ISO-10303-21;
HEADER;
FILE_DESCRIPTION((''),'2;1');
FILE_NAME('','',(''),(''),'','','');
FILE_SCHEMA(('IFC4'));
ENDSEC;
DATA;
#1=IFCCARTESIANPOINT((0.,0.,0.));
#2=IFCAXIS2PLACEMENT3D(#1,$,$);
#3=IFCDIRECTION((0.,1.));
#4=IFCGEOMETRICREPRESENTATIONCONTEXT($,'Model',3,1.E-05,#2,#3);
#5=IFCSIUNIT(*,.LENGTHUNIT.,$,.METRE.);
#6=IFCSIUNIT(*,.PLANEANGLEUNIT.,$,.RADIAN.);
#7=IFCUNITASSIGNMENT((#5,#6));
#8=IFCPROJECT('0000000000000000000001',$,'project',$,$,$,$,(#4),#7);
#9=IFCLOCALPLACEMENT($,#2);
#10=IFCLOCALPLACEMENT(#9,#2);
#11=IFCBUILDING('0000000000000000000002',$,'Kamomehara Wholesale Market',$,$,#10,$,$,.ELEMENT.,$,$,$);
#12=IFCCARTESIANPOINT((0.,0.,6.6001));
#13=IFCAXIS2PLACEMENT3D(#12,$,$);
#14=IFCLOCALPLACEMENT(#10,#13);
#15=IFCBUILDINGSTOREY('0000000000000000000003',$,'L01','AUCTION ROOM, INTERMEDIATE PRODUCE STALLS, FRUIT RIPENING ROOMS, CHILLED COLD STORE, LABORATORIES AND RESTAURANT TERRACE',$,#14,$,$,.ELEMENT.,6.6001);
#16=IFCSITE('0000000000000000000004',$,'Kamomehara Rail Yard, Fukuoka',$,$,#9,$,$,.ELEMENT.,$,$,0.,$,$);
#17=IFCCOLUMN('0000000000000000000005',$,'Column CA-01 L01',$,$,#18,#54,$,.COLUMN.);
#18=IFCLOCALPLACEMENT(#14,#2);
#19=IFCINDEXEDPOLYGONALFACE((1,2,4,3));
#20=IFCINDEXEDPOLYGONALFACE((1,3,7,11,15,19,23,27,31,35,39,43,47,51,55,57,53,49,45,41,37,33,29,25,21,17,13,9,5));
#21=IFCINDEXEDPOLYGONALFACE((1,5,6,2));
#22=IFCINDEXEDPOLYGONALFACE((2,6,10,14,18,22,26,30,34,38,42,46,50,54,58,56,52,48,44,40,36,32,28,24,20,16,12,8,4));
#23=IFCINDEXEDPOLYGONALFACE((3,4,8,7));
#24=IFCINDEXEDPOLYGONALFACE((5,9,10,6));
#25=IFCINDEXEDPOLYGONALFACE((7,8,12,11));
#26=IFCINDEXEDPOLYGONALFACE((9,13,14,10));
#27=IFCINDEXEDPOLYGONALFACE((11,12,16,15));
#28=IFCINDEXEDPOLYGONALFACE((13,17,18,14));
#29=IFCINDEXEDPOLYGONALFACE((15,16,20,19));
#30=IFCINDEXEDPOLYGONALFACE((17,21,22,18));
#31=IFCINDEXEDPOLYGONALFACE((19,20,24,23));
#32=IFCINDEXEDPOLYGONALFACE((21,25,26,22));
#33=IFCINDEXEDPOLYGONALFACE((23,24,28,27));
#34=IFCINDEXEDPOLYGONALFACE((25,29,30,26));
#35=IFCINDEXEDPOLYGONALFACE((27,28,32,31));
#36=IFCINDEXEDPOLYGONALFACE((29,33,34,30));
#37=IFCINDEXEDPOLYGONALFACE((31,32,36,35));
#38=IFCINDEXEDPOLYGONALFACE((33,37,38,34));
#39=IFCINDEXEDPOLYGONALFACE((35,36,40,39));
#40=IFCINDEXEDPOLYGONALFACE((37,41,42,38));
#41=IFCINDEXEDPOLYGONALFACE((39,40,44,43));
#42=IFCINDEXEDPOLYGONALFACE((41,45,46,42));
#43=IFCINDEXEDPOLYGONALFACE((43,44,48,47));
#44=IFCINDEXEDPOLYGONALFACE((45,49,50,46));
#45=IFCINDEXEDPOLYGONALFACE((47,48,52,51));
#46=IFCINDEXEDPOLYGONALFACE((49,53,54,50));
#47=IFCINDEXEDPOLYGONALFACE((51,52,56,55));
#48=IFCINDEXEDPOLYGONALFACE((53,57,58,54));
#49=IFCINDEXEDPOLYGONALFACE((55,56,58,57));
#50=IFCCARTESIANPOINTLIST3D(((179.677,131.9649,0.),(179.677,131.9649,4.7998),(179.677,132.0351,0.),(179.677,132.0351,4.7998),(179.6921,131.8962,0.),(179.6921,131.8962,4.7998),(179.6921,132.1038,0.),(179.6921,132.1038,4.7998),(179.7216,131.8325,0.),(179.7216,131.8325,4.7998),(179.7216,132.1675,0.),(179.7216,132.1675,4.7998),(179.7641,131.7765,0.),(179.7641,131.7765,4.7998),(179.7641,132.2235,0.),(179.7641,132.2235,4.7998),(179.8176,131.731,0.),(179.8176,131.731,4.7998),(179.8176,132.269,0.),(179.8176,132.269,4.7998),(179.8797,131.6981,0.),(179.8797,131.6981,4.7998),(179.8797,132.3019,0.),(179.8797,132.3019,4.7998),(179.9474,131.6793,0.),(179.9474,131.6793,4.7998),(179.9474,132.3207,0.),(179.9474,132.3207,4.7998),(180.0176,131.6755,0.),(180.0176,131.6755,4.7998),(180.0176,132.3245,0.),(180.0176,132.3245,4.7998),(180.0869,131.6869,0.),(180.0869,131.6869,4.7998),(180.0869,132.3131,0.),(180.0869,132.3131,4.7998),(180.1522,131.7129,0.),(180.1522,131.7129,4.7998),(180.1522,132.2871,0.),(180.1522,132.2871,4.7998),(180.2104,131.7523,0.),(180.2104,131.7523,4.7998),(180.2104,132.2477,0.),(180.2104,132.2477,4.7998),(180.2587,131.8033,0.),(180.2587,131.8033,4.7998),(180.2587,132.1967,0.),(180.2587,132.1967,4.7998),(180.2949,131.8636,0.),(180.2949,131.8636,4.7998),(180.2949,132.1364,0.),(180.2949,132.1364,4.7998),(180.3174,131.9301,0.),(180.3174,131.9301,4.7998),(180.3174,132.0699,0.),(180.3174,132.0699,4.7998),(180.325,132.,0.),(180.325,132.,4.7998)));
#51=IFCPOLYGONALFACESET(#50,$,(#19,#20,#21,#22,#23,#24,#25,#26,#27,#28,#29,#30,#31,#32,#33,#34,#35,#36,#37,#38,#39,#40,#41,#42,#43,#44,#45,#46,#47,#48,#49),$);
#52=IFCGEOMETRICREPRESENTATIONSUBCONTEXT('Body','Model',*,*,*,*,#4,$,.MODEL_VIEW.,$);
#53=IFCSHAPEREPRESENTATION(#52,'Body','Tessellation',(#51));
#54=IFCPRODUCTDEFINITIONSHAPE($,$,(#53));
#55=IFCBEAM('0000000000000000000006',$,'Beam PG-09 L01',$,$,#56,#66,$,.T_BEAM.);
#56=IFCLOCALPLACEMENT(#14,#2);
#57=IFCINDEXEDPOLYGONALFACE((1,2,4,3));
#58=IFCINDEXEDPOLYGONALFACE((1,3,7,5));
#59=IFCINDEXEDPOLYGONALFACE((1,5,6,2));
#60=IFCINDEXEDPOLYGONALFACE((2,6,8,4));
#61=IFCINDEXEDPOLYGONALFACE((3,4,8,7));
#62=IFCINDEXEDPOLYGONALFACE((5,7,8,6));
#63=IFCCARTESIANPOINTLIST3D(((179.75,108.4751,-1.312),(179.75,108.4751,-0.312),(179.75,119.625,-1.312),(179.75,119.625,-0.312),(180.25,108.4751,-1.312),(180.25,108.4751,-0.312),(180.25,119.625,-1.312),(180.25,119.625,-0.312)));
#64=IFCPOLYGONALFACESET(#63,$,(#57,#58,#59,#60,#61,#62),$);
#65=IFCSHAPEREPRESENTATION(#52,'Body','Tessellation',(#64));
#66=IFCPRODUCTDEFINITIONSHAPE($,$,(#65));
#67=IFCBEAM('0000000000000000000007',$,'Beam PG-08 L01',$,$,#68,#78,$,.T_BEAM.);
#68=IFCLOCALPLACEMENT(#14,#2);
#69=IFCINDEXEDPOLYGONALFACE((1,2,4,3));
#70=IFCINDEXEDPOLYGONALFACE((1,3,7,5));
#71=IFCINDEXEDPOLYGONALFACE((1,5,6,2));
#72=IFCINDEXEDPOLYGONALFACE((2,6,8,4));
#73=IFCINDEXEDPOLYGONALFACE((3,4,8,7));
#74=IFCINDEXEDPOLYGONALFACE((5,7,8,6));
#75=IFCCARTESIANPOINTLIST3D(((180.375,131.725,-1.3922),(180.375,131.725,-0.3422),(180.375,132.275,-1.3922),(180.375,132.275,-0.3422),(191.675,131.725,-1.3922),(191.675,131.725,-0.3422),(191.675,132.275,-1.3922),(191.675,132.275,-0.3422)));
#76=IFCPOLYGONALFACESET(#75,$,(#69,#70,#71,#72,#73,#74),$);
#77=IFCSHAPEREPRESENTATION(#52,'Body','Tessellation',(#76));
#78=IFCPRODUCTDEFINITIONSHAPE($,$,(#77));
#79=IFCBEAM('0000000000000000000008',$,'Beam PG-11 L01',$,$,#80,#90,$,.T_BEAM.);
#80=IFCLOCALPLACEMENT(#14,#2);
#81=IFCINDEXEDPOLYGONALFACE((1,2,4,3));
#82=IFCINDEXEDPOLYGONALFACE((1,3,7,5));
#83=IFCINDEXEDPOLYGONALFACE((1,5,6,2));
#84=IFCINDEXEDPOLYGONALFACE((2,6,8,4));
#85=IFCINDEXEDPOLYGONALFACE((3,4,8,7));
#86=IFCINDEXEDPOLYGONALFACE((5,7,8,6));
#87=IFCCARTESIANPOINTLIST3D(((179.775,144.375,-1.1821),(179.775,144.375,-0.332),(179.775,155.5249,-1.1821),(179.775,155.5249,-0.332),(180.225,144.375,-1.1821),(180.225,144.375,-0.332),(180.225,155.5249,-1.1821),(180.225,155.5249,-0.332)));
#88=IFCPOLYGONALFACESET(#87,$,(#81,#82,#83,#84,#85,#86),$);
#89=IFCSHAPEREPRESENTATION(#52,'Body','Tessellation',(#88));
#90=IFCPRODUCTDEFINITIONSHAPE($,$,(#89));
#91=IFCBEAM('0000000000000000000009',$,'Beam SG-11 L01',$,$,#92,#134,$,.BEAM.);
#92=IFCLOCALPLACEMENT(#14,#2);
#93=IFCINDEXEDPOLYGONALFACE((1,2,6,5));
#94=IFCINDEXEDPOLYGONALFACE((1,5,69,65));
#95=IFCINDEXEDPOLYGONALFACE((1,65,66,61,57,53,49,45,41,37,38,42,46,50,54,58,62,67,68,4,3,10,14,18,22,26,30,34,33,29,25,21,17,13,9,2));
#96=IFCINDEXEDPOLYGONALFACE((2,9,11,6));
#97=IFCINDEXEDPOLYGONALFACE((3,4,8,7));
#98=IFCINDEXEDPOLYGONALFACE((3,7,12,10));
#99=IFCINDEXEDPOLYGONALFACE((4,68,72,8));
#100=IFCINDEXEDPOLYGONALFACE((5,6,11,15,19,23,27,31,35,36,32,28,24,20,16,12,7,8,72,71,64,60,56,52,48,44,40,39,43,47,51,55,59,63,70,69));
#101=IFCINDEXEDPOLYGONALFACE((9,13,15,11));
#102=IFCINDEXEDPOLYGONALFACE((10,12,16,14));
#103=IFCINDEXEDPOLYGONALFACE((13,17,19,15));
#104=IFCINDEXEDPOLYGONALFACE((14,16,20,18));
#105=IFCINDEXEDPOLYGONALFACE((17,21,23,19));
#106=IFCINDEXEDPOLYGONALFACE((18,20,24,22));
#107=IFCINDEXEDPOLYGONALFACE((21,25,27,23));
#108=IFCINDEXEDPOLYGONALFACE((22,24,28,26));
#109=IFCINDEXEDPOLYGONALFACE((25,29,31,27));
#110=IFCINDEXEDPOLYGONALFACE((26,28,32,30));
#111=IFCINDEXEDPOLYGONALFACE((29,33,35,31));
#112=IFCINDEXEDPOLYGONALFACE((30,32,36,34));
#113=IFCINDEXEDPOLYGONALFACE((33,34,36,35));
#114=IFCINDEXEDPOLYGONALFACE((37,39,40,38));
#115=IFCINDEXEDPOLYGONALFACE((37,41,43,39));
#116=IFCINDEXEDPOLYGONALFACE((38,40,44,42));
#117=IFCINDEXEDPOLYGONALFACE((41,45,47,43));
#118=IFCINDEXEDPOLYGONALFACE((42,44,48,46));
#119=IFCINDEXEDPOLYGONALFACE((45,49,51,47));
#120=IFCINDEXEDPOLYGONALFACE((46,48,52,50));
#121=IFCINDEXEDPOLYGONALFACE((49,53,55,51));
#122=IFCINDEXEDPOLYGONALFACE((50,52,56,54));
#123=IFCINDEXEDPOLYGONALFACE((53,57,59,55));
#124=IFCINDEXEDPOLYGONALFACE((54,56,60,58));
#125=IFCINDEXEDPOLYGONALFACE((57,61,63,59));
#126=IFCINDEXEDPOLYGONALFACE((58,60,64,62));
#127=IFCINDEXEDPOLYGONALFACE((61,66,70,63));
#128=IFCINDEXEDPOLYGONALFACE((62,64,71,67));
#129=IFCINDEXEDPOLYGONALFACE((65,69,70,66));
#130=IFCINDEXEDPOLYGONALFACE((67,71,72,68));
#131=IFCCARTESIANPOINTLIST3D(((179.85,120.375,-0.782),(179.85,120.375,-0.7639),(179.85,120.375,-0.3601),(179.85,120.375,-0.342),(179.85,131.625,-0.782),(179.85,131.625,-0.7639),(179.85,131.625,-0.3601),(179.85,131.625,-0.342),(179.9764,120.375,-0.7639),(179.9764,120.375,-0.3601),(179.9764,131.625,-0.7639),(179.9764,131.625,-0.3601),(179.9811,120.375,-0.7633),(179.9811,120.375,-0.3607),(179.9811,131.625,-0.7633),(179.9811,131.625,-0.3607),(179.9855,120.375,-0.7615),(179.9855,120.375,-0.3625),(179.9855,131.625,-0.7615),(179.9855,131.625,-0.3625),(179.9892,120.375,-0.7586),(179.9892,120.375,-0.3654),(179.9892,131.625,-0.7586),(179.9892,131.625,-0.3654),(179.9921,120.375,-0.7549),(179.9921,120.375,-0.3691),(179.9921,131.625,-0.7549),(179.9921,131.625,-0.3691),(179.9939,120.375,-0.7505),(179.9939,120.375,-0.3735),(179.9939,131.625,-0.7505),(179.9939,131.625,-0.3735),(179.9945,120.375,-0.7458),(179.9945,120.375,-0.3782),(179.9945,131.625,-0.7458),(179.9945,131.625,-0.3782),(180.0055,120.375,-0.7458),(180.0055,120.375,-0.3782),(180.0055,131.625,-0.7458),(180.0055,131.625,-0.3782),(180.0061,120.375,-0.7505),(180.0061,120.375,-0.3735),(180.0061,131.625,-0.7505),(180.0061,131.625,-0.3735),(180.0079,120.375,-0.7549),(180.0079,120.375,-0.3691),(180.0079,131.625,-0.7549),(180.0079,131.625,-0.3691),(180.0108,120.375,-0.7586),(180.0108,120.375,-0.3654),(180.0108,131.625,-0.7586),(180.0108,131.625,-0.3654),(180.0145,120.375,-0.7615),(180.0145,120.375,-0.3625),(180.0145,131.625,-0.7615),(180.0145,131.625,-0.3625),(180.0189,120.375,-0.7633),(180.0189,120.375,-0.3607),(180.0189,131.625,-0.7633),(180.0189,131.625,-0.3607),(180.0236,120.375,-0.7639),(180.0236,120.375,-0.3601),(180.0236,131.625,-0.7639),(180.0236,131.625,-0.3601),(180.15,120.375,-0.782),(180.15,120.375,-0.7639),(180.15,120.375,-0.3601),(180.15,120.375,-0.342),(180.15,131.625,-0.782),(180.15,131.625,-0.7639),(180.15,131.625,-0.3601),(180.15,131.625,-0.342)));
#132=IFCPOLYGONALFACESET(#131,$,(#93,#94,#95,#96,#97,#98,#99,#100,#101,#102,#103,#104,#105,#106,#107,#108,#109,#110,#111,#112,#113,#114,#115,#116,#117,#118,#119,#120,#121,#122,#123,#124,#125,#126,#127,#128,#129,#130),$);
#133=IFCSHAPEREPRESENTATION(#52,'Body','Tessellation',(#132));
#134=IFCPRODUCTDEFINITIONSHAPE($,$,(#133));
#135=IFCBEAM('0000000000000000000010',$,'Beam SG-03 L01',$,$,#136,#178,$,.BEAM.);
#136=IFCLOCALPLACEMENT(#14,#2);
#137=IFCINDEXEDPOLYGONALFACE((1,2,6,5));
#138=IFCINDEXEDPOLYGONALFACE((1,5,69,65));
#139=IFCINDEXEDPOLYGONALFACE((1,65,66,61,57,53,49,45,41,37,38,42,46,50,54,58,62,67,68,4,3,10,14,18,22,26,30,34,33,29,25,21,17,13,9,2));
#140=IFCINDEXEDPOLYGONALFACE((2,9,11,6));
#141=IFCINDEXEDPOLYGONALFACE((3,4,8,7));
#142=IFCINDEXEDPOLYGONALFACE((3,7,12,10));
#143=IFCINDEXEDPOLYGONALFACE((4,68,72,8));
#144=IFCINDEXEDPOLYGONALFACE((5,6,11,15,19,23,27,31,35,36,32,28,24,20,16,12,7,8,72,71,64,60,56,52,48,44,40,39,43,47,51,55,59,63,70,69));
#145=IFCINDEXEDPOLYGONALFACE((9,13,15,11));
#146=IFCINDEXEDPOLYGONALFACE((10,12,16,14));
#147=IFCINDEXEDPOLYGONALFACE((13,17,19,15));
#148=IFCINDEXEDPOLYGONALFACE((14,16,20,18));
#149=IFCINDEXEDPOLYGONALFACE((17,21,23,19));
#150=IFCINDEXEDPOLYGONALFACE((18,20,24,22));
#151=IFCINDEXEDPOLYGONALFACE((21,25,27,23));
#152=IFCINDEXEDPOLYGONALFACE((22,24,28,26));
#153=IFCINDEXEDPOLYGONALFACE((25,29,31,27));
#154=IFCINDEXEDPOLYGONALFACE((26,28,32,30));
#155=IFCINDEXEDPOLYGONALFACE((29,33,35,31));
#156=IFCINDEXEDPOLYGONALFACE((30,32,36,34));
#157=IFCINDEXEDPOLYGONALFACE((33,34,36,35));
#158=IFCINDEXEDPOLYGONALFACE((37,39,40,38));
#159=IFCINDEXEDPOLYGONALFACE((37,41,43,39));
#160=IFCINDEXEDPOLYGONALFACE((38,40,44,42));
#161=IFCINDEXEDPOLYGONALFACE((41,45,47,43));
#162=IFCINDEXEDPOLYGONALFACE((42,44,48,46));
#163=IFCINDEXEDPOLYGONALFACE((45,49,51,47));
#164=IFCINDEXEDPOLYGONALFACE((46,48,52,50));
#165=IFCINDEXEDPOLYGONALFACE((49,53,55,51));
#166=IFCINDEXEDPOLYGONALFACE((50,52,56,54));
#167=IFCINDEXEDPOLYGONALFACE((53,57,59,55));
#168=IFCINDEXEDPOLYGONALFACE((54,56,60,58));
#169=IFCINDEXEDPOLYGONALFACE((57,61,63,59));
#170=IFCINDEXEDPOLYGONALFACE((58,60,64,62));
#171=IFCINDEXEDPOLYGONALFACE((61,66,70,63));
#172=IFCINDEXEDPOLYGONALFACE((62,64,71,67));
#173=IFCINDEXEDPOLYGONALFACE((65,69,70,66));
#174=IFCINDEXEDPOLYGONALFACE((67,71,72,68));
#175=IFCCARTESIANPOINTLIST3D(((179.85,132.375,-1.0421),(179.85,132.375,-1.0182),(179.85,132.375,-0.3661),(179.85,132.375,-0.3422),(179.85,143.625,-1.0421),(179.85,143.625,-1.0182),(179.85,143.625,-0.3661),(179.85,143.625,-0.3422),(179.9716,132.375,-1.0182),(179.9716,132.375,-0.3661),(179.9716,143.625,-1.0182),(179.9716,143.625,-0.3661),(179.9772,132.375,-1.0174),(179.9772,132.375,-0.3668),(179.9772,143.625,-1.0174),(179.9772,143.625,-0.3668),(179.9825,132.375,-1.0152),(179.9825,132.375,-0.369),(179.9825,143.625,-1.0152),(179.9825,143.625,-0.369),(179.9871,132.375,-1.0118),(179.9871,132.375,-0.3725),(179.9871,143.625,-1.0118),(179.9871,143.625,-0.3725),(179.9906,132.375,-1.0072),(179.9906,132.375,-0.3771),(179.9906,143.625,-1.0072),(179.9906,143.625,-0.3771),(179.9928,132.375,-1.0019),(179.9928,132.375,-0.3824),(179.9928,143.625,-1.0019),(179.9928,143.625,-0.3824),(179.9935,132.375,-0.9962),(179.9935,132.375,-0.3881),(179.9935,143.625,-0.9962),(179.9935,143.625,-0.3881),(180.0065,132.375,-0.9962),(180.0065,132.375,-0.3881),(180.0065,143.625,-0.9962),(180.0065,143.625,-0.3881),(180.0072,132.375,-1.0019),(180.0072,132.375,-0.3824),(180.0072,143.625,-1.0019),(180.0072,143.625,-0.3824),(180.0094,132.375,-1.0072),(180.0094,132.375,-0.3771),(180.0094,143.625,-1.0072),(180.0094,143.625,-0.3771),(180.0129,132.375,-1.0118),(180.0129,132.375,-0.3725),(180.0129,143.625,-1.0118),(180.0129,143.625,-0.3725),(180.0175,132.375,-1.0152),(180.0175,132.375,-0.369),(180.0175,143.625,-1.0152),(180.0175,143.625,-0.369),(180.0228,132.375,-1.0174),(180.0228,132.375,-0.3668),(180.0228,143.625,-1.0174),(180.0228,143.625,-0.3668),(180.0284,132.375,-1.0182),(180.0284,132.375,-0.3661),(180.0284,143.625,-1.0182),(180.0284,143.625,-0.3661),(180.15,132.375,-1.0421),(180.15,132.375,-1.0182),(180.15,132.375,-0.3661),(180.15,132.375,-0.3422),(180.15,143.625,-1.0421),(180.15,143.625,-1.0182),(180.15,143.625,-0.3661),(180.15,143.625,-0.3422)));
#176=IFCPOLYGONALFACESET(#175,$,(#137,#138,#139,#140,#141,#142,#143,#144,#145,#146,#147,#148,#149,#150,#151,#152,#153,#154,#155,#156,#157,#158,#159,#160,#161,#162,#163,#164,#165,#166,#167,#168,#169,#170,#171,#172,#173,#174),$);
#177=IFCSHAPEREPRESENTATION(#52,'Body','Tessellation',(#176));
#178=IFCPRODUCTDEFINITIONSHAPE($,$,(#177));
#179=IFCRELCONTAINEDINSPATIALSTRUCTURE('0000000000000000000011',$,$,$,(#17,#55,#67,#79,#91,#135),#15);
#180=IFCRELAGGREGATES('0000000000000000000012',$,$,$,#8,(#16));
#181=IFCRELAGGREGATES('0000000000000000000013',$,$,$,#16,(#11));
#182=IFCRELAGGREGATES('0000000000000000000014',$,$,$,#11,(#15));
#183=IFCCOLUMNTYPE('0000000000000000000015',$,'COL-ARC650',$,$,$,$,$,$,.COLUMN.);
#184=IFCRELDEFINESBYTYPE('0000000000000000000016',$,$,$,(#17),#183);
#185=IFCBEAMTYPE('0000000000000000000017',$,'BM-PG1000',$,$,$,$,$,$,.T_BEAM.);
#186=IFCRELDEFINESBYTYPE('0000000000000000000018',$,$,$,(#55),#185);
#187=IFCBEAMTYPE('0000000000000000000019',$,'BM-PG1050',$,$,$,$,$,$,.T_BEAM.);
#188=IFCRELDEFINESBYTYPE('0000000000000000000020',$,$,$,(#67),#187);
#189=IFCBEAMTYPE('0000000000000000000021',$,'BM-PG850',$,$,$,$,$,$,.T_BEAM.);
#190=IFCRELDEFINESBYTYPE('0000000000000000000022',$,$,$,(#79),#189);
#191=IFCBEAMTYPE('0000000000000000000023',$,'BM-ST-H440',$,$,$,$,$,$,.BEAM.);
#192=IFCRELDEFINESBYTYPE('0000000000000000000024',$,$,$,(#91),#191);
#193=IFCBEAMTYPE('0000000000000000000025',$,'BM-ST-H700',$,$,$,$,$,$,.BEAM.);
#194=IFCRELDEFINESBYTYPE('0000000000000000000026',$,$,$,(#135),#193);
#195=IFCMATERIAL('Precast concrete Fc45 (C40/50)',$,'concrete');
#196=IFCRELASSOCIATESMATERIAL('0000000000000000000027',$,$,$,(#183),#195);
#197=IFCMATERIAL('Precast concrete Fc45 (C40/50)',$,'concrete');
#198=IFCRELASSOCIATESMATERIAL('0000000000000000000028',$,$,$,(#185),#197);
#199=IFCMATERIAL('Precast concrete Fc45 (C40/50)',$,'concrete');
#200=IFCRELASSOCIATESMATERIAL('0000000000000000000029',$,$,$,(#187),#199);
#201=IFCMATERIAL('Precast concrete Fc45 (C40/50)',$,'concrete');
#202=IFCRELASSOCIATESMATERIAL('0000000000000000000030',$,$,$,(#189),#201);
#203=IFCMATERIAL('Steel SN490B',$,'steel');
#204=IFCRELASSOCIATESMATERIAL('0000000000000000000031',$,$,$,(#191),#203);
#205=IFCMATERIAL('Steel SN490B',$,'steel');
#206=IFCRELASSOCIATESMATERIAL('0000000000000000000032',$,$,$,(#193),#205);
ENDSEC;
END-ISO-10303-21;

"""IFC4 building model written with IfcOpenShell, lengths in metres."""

from ifc_helpers import new_model, si_unit, direction, frame, origin, origin_2d, place, context, subcontext, project, spatial, rectangle, circle, i_section, extrude, material, material_profile, profile_set, type_object, element, save


model = new_model("IFC4")

# Units and contexts
model_context = context("Model", 3, precision=1e-05, world=origin(), true_north=direction((0.0, 1.0)))
body_context = subcontext(model_context, "Body", "Model", "MODEL_VIEW")
ifc_project = project(units=[si_unit("LENGTHUNIT", "METRE"), si_unit("PLANEANGLEUNIT", "RADIAN")], contexts=[model_context])

# Site, building, storey
site_placement = place(None, origin())
site = spatial("IfcSite", under=ifc_project, at=site_placement, Name="Kamomehara Rail Yard, Fukuoka", CompositionType="ELEMENT", RefElevation=0.0)
building_placement = place(site_placement, origin())
building = spatial("IfcBuilding", under=site, at=building_placement, Name="Kamomehara Wholesale Market", CompositionType="ELEMENT")
storey_placement = place(building_placement, frame((0.0, 0.0, 6.6001)))
storey = spatial("IfcBuildingStorey", under=building, at=storey_placement, Name="L01", Description="AUCTION ROOM, INTERMEDIATE PRODUCE STALLS, FRUIT RIPENING ROOMS, CHILLED COLD STORE, LABORATORIES AND RESTAURANT TERRACE", CompositionType="ELEMENT", Elevation=6.6001)

# Column
ifc_material_1 = material(Name="Precast concrete Fc45 (C40/50)", Category="concrete")
ifc_material_profile_1 = material_profile(ifc_material_1, circle(Radius=0.325, at=origin_2d()), Name="PC-ARC-D650")
ifc_profile_set_1 = profile_set([ifc_material_profile_1], Name="Precast concrete Fc45 (C40/50)")
column_type = type_object("IfcColumnType", Name="COL-ARC650", PredefinedType="COLUMN", material=ifc_profile_set_1)
column_placement = place(storey_placement, frame((180.0, 132.0, 0.0), z_axis=(0.0, 0.0, 1.0), x_axis=(1.0, 0.0, 0.0)))
element("IfcColumn", 1, at=column_placement, inside=storey, type_object=column_type, Name="Column CA-01 L01", PredefinedType="COLUMN", context=body_context, shape_type="SweptSolid", body=[
    extrude(circle(Radius=0.325, at=origin_2d()), origin(), (0.0, 0.0, 1.0), 4.7998),
])

# Beams
ifc_material_2 = material(Name="Precast concrete Fc45 (C40/50)", Category="concrete")
ifc_material_profile_2 = material_profile(ifc_material_2, rectangle(XDim=0.5, YDim=1.0, at=origin_2d()), Name="PC-GRD-500x1000")
ifc_profile_set_2 = profile_set([ifc_material_profile_2], Name="Precast concrete Fc45 (C40/50)")
beam_type_1 = type_object("IfcBeamType", Name="BM-PG1000", PredefinedType="T_BEAM", material=ifc_profile_set_2)
beam_1_placement = place(storey_placement, frame((180.0, 108.4751, -0.812), z_axis=(0.0, 1.0, 0.0), x_axis=(-1.0, 0.0, 0.0)))
element("IfcBeam", 2, at=beam_1_placement, inside=storey, type_object=beam_type_1, Name="Beam PG-09 L01", PredefinedType="T_BEAM", context=body_context, shape_type="SweptSolid", body=[
    extrude(rectangle(XDim=0.5, YDim=1.0, at=origin_2d()), origin(), (0.0, 0.0, 1.0), 11.1499),
])
ifc_material_3 = material(Name="Precast concrete Fc45 (C40/50)", Category="concrete")
ifc_material_profile_3 = material_profile(ifc_material_3, rectangle(XDim=0.55, YDim=1.05, at=origin_2d()), Name="PC-GRD-550x1050")
ifc_profile_set_3 = profile_set([ifc_material_profile_3], Name="Precast concrete Fc45 (C40/50)")
beam_type_2 = type_object("IfcBeamType", Name="BM-PG1050", PredefinedType="T_BEAM", material=ifc_profile_set_3)
beam_2_placement = place(storey_placement, frame((180.375, 132.0, -0.8672), z_axis=(1.0, 0.0, 0.0), x_axis=(0.0, 1.0, 0.0)))
element("IfcBeam", 3, at=beam_2_placement, inside=storey, type_object=beam_type_2, Name="Beam PG-08 L01", PredefinedType="T_BEAM", context=body_context, shape_type="SweptSolid", body=[
    extrude(rectangle(XDim=0.55, YDim=1.05, at=origin_2d()), origin(), (0.0, 0.0, 1.0), 11.3),
])
ifc_material_4 = material(Name="Precast concrete Fc45 (C40/50)", Category="concrete")
ifc_material_profile_4 = material_profile(ifc_material_4, rectangle(XDim=0.45, YDim=0.8501, at=origin_2d()), Name="PC-GRD-450x850")
ifc_profile_set_4 = profile_set([ifc_material_profile_4], Name="Precast concrete Fc45 (C40/50)")
beam_type_3 = type_object("IfcBeamType", Name="BM-PG850", PredefinedType="T_BEAM", material=ifc_profile_set_4)
beam_3_placement = place(storey_placement, frame((180.0, 144.375, -0.7571), z_axis=(0.0, 1.0, 0.0), x_axis=(-1.0, 0.0, 0.0)))
element("IfcBeam", 4, at=beam_3_placement, inside=storey, type_object=beam_type_3, Name="Beam PG-11 L01", PredefinedType="T_BEAM", context=body_context, shape_type="SweptSolid", body=[
    extrude(rectangle(XDim=0.45, YDim=0.8501, at=origin_2d()), origin(), (0.0, 0.0, 1.0), 11.1499),
])
ifc_material_5 = material(Name="Steel SN490B", Category="steel")
ifc_material_profile_5 = material_profile(ifc_material_5, i_section(OverallWidth=0.3, OverallDepth=0.4399, WebThickness=0.011, FlangeThickness=0.0181, FilletRadius=0.0181, at=origin_2d()), Name="H-440x300x11x18")
ifc_profile_set_5 = profile_set([ifc_material_profile_5], Name="Steel SN490B")
beam_type_4 = type_object("IfcBeamType", Name="BM-ST-H440", PredefinedType="BEAM", material=ifc_profile_set_5)
beam_4_placement = place(storey_placement, frame((180.0, 120.375, -0.562), z_axis=(0.0, 1.0, 0.0), x_axis=(-1.0, 0.0, 0.0)))
element("IfcBeam", 5, at=beam_4_placement, inside=storey, type_object=beam_type_4, Name="Beam SG-11 L01", PredefinedType="BEAM", context=body_context, shape_type="SweptSolid", body=[
    extrude(i_section(OverallWidth=0.3, OverallDepth=0.4399, WebThickness=0.011, FlangeThickness=0.0181, FilletRadius=0.0181, at=origin_2d()), origin(), (0.0, 0.0, 1.0), 11.25),
])
ifc_material_6 = material(Name="Steel SN490B", Category="steel")
ifc_material_profile_6 = material_profile(ifc_material_6, i_section(OverallWidth=0.3, OverallDepth=0.7, WebThickness=0.0129, FlangeThickness=0.0239, FilletRadius=0.022, at=origin_2d()), Name="H-700x300x13x24")
ifc_profile_set_6 = profile_set([ifc_material_profile_6], Name="Steel SN490B")
beam_type_5 = type_object("IfcBeamType", Name="BM-ST-H700", PredefinedType="BEAM", material=ifc_profile_set_6)
beam_5_placement = place(storey_placement, frame((180.0, 132.375, -0.6921), z_axis=(0.0, 1.0, 0.0), x_axis=(-1.0, 0.0, 0.0)))
element("IfcBeam", 6, at=beam_5_placement, inside=storey, type_object=beam_type_5, Name="Beam SG-03 L01", PredefinedType="BEAM", context=body_context, shape_type="SweptSolid", body=[
    extrude(i_section(OverallWidth=0.3, OverallDepth=0.7, WebThickness=0.0129, FlangeThickness=0.0239, FilletRadius=0.022, at=origin_2d()), origin(), (0.0, 0.0, 1.0), 11.25),
])

save(model, "model.ifc")
